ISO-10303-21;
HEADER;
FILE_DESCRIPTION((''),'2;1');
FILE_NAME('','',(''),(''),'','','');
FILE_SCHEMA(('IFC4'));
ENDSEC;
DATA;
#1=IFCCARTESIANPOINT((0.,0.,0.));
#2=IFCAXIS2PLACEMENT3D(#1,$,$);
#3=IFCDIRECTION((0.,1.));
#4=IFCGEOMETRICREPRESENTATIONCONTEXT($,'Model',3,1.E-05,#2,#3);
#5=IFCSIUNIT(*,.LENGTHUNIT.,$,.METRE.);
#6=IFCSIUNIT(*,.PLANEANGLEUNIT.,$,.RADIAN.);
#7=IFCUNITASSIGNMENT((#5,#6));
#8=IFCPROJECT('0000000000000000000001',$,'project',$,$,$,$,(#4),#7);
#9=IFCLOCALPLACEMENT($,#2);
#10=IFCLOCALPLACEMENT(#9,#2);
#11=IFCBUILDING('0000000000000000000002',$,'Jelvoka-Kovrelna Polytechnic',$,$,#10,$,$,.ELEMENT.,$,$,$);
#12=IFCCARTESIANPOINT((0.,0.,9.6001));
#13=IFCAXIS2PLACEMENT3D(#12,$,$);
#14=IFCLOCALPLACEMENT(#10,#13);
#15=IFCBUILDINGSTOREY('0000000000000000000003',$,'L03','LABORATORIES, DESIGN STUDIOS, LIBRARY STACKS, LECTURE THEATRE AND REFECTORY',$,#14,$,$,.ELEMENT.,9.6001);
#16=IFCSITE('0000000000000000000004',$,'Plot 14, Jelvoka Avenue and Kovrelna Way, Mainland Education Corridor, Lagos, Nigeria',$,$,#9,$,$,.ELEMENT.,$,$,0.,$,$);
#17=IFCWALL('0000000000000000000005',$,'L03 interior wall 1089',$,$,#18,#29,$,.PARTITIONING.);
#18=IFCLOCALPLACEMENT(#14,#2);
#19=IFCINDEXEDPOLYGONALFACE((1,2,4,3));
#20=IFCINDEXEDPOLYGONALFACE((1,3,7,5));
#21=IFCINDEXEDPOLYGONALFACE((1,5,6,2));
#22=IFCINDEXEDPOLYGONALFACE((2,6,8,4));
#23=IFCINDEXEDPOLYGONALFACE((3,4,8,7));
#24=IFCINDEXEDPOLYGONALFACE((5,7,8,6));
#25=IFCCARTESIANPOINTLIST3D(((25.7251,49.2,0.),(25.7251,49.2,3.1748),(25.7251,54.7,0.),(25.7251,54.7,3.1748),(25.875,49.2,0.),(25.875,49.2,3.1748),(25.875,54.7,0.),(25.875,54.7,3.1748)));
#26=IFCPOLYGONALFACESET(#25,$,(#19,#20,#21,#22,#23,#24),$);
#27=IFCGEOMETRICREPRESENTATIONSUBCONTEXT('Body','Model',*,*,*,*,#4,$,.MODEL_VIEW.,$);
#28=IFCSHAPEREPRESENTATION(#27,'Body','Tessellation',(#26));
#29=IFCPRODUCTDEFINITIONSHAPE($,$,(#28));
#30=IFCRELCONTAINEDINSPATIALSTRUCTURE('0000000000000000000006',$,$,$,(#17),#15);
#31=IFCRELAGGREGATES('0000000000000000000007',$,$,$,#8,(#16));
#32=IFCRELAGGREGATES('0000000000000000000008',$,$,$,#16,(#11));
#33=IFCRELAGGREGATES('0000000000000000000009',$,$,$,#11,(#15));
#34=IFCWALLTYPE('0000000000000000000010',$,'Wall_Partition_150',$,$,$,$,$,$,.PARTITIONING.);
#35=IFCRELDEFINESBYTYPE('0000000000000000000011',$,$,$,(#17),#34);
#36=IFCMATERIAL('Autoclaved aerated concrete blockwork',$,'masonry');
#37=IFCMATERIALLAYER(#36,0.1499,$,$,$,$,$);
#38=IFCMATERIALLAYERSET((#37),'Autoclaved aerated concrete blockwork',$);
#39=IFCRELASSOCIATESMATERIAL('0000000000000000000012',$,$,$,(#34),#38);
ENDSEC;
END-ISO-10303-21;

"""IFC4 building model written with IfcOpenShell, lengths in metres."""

from ifc_helpers import new_model, si_unit, direction, frame, frame_2d, origin, place, context, subcontext, project, spatial, rectangle, extrude, material, layer, layer_set, type_object, element, save


model = new_model("IFC4")

# Units and contexts
model_context = context("Model", 3, precision=1e-05, world=origin(), true_north=direction((0.0, 1.0)))
body_context = subcontext(model_context, "Body", "Model", "MODEL_VIEW")
ifc_project = project(units=[si_unit("LENGTHUNIT", "METRE"), si_unit("PLANEANGLEUNIT", "RADIAN")], contexts=[model_context])

# Site, building, storey
site_placement = place(None, origin())
site = spatial("IfcSite", under=ifc_project, at=site_placement, Name="Plot 14, Jelvoka Avenue and Kovrelna Way, Mainland Education Corridor, Lagos, Nigeria", CompositionType="ELEMENT", RefElevation=0.0)
building_placement = place(site_placement, origin())
building = spatial("IfcBuilding", under=site, at=building_placement, Name="Jelvoka-Kovrelna Polytechnic", CompositionType="ELEMENT")
storey_placement = place(building_placement, frame((0.0, 0.0, 9.6001)))
storey = spatial("IfcBuildingStorey", under=building, at=storey_placement, Name="L03", Description="LABORATORIES, DESIGN STUDIOS, LIBRARY STACKS, LECTURE THEATRE AND REFECTORY", CompositionType="ELEMENT", Elevation=9.6001)

# Wall
ifc_material_1 = material(Name="Autoclaved aerated concrete blockwork", Category="masonry")
ifc_layer_1 = layer(ifc_material_1, 0.1499)
ifc_layer_set_1 = layer_set([ifc_layer_1], Name="Autoclaved aerated concrete blockwork")
wall_type_1 = type_object("IfcWallType", Name="Wall_Partition_150", PredefinedType="PARTITIONING", material=ifc_layer_set_1)
wall_placement = place(storey_placement, frame((25.8, 49.2, 0.0), z_axis=(0.0, 0.0, 1.0), x_axis=(0.0, 1.0, 0.0)))
element("IfcWall", 1, at=wall_placement, inside=storey, type_object=wall_type_1, Name="L03 interior wall 1089", PredefinedType="PARTITIONING", context=body_context, shape_type="SweptSolid", body=[
    extrude(rectangle(XDim=5.5, YDim=0.1499, at=frame_2d((2.75, 0.0))), origin(), (0.0, 0.0, 1.0), 3.1748),
])

save(model, "model.ifc")
